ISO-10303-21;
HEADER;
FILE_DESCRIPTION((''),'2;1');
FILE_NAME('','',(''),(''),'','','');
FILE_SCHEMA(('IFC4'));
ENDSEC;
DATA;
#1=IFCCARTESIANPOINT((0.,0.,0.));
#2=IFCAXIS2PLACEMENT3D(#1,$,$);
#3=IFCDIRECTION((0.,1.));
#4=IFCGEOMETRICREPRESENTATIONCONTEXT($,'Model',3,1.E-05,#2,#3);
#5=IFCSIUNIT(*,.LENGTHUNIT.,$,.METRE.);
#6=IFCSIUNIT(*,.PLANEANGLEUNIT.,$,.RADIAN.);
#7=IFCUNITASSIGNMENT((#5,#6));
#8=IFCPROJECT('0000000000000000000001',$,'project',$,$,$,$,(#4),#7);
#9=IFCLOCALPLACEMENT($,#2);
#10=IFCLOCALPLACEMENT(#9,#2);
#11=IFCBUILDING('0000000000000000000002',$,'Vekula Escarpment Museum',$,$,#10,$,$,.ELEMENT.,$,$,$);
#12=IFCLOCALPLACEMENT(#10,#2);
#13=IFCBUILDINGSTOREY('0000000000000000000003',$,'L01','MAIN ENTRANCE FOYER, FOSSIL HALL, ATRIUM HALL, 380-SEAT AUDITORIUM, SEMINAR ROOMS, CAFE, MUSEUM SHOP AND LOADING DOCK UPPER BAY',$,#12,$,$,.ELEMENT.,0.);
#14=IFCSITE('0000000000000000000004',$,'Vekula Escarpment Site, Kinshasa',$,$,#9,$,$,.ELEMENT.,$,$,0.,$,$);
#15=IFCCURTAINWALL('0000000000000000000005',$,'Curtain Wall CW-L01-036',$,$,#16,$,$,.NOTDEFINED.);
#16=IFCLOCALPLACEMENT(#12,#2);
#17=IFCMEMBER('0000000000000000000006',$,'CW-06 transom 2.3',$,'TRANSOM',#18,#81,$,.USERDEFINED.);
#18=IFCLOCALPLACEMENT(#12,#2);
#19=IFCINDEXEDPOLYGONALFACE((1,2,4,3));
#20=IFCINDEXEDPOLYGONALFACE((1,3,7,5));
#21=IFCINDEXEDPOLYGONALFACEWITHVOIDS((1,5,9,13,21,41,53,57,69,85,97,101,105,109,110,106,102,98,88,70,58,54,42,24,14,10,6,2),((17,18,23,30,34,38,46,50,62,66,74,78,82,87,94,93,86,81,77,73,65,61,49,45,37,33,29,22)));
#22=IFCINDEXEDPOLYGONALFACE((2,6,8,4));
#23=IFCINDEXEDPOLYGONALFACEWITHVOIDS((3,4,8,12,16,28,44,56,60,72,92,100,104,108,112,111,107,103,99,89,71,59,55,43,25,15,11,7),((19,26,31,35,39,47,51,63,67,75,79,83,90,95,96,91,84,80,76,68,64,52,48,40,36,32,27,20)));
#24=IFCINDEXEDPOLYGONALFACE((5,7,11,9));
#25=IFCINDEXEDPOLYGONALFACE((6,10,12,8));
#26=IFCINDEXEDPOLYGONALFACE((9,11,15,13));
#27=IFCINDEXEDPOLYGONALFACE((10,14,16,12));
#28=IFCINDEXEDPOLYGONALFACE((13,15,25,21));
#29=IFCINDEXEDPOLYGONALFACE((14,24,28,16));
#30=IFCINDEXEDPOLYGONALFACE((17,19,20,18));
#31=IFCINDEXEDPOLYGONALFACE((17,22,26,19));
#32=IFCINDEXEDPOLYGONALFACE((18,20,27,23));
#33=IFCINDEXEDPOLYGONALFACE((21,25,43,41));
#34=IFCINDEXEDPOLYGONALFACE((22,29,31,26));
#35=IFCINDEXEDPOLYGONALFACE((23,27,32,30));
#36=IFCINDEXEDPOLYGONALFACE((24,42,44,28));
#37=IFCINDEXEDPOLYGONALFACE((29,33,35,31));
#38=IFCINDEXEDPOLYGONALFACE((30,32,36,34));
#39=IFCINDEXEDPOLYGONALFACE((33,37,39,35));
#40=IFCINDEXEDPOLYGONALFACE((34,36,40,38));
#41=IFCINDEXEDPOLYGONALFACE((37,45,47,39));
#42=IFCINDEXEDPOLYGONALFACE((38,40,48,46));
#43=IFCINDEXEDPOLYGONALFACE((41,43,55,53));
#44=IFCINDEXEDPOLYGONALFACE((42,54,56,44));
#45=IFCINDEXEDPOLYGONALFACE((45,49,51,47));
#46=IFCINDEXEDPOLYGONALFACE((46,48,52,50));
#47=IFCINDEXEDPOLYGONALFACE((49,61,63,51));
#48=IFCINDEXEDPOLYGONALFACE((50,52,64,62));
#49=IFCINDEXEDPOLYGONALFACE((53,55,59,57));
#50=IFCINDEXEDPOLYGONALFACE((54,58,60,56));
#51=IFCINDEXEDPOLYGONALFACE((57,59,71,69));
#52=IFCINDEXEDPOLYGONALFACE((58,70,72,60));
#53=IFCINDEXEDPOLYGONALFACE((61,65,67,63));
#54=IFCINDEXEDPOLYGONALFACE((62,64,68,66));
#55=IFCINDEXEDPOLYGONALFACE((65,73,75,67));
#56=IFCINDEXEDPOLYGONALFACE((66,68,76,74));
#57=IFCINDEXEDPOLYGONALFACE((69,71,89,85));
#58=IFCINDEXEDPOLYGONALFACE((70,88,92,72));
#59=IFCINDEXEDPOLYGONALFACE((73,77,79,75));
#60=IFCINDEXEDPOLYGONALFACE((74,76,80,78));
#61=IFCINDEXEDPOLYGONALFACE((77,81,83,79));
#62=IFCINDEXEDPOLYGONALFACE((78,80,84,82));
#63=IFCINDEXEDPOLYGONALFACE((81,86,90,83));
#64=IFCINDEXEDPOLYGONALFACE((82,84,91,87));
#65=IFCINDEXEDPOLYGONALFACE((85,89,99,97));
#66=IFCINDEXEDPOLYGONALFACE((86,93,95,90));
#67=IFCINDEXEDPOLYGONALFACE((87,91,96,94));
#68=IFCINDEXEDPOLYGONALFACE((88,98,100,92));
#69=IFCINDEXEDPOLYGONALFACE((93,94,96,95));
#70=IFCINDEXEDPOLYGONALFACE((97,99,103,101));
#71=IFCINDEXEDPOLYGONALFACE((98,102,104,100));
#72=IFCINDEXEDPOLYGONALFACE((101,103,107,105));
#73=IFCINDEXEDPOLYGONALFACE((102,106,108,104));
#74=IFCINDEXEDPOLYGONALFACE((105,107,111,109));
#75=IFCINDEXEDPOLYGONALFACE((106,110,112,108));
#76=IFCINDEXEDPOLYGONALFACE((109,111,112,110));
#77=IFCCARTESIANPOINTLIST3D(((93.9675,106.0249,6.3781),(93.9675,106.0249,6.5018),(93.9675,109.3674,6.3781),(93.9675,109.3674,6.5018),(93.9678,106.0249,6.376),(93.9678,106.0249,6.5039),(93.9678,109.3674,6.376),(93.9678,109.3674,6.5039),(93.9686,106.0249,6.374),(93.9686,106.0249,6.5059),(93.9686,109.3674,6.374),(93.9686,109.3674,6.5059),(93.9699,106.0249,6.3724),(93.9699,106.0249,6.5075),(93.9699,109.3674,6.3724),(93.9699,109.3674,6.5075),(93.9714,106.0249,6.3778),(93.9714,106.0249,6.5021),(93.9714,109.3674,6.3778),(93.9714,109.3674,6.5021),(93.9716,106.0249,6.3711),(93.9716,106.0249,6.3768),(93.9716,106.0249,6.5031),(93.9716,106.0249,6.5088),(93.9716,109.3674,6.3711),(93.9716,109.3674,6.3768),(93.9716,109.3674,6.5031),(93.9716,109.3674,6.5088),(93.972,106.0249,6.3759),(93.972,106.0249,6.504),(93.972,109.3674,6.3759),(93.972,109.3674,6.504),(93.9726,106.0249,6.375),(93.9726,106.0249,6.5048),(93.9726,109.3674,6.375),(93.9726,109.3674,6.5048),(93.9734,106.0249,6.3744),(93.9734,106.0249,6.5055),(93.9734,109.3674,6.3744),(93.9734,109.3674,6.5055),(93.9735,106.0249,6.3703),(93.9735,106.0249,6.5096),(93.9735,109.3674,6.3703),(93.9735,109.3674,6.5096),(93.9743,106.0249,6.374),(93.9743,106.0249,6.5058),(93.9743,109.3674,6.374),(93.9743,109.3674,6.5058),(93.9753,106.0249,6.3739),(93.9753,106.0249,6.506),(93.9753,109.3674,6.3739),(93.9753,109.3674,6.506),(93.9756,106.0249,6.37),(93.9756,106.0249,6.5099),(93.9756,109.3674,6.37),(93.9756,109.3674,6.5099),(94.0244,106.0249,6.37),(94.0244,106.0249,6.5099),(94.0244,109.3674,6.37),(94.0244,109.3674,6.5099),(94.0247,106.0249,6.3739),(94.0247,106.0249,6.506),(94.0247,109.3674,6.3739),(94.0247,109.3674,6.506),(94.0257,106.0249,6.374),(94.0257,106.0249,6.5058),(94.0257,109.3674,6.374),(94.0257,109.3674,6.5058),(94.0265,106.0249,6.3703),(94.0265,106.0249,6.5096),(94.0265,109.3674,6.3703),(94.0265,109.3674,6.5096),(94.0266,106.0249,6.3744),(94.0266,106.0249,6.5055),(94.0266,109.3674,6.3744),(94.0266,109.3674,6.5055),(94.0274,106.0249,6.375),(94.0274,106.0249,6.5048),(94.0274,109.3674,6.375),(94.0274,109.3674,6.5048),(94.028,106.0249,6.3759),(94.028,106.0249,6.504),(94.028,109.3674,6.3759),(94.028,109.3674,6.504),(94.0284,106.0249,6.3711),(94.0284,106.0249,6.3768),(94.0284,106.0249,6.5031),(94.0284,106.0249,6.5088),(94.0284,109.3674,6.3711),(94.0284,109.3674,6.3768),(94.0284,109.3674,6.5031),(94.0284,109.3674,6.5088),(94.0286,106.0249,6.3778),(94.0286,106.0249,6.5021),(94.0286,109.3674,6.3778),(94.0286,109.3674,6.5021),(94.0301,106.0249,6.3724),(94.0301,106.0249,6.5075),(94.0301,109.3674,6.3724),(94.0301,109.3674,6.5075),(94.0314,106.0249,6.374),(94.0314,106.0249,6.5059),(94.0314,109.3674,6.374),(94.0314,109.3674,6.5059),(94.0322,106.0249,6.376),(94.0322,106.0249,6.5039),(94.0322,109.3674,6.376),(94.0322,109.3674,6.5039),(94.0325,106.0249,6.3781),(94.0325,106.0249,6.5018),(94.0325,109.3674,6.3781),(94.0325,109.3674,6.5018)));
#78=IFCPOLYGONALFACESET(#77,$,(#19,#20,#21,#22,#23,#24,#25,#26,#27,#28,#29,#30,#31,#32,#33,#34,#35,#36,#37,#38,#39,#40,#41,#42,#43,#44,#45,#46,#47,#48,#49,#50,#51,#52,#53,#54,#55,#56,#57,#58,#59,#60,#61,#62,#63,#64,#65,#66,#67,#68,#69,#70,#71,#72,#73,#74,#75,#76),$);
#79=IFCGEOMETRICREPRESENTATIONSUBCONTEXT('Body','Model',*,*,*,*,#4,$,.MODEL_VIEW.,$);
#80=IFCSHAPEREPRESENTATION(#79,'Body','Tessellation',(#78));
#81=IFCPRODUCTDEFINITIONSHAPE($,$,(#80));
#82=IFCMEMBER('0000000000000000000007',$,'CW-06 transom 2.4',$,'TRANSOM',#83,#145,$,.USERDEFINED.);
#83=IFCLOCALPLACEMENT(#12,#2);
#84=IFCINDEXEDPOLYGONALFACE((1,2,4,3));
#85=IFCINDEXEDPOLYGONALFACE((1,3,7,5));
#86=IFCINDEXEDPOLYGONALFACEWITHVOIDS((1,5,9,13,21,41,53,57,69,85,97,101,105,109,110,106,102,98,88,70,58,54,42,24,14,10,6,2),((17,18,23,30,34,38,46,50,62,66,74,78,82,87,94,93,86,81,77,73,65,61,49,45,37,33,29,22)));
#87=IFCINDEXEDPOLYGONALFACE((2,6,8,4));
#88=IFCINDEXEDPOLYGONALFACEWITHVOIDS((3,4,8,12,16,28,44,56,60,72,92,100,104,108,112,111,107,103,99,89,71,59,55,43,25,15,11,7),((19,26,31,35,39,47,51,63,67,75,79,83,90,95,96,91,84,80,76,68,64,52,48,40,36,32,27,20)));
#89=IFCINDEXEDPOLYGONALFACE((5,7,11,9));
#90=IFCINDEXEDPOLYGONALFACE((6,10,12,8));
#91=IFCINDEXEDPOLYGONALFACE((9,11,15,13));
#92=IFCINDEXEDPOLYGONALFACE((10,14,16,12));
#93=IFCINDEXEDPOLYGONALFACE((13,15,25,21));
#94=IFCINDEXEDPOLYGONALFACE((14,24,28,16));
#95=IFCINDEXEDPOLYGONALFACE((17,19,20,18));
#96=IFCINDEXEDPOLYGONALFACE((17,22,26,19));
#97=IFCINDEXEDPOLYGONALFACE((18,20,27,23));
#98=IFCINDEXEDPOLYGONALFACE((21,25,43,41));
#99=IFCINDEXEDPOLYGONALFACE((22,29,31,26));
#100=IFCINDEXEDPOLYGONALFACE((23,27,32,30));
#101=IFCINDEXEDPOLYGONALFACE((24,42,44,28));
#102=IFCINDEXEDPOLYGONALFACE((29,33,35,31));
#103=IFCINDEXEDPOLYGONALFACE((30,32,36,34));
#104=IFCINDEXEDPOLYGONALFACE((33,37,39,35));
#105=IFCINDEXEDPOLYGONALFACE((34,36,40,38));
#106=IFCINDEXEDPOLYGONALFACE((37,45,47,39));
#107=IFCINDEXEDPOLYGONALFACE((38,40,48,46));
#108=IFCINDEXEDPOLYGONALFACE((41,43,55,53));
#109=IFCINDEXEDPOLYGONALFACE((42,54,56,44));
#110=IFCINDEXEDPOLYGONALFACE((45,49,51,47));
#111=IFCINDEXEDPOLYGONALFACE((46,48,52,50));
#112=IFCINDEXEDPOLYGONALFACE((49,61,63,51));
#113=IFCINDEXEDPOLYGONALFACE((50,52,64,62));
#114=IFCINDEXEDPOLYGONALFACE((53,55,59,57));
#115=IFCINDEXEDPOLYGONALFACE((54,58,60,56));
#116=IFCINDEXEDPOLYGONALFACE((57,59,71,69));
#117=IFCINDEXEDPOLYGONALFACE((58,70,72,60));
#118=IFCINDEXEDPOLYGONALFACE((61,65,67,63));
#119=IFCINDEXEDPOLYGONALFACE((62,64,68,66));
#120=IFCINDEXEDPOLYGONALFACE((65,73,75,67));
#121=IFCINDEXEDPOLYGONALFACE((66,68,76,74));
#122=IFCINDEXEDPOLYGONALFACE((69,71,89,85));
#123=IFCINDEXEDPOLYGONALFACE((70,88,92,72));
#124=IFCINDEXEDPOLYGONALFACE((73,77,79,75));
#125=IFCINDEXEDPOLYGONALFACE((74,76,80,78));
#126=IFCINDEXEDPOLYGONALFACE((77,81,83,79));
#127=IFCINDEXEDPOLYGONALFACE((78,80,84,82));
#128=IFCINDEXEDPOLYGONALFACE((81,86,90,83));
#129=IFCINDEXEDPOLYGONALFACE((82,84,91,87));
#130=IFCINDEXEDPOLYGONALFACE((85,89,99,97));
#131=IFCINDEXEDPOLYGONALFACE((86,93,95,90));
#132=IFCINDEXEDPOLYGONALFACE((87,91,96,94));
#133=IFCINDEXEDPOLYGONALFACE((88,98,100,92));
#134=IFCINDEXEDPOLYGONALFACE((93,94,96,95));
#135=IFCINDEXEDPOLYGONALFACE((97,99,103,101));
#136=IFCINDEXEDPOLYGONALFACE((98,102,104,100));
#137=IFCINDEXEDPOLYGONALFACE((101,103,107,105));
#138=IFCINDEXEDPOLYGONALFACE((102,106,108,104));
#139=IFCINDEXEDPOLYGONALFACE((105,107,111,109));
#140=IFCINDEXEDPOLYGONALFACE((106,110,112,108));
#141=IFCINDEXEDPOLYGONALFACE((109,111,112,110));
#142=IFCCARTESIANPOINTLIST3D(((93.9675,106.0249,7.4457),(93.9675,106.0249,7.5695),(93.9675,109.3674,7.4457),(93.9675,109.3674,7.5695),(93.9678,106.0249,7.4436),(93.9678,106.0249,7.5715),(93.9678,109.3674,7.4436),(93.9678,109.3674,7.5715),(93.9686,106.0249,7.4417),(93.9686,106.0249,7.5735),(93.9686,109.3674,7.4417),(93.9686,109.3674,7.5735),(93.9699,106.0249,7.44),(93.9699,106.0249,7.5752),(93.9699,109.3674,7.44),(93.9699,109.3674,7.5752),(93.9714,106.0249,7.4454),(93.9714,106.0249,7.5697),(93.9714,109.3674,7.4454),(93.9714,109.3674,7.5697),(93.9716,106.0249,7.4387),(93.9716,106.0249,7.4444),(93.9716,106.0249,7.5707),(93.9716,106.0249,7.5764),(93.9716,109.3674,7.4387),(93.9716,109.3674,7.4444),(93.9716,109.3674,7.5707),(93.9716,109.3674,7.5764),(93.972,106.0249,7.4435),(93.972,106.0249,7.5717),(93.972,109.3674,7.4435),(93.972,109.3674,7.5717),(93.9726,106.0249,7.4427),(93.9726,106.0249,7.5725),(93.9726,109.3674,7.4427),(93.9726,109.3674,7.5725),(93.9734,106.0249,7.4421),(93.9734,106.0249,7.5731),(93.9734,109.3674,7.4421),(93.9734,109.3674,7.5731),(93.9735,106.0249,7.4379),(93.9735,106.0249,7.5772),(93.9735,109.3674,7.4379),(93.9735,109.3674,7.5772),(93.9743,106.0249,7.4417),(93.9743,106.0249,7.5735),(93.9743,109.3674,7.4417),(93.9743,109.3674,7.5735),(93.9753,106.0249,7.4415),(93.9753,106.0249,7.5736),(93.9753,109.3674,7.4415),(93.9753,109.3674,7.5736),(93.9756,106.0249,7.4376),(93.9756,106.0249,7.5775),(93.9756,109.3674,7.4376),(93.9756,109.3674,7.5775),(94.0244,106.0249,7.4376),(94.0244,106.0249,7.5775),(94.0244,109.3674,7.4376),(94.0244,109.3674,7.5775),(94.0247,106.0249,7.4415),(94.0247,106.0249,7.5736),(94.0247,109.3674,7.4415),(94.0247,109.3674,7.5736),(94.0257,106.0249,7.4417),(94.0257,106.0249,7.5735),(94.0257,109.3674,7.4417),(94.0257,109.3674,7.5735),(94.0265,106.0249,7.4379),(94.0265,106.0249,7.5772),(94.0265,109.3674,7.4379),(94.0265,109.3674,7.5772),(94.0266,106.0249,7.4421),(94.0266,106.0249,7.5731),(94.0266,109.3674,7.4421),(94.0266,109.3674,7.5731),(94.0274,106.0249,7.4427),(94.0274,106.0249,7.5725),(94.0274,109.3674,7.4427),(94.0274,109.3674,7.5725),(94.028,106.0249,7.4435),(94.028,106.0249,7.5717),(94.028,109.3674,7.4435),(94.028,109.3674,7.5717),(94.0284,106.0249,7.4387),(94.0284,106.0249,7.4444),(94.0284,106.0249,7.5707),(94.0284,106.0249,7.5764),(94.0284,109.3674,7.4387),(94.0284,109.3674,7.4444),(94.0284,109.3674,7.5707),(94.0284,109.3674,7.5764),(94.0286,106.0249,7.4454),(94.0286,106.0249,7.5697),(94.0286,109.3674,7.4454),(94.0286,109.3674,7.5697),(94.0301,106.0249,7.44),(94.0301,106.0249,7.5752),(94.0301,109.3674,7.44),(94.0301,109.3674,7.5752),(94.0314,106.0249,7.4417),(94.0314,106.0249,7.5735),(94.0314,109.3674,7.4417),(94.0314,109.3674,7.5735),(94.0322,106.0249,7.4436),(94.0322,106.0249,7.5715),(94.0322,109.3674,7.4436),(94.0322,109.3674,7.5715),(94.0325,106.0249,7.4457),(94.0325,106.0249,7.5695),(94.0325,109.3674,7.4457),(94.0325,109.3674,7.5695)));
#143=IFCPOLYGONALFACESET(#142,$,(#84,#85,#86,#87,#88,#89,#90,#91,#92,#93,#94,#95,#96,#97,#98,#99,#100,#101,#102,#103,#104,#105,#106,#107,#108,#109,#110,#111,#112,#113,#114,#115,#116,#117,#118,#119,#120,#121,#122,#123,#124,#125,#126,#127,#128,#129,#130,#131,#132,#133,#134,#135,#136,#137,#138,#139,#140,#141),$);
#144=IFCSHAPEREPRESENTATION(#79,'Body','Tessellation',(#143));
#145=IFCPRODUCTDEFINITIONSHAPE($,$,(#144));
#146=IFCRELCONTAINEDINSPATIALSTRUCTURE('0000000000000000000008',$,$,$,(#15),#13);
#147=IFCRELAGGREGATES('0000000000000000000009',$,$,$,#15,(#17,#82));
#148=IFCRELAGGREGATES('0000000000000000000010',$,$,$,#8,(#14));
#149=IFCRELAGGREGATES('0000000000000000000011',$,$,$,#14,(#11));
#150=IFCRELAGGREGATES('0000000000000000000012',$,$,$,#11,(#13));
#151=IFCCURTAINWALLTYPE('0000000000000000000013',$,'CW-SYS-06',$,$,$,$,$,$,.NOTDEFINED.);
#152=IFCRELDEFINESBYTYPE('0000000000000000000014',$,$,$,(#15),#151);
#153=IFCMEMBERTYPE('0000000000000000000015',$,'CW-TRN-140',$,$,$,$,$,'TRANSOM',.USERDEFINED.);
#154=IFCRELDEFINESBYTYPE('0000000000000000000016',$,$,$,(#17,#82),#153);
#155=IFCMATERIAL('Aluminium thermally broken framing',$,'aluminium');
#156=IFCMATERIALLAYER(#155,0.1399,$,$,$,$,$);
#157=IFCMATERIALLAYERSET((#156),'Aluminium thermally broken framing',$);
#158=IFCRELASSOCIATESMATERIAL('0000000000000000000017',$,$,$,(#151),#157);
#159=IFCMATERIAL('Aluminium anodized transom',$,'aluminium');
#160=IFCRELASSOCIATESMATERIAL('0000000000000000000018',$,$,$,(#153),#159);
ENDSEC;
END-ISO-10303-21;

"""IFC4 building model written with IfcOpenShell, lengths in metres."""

from ifc_helpers import new_model, si_unit, direction, frame, origin, origin_2d, place, context, subcontext, project, spatial, hollow_rectangle, extrude, material, layer, layer_set, material_profile, profile_set, type_object, element, aggregate, save


model = new_model("IFC4")

# Units and contexts
model_context = context("Model", 3, precision=1e-05, world=origin(), true_north=direction((0.0, 1.0)))
body_context = subcontext(model_context, "Body", "Model", "MODEL_VIEW")
ifc_project = project(units=[si_unit("LENGTHUNIT", "METRE"), si_unit("PLANEANGLEUNIT", "RADIAN")], contexts=[model_context])

# Site, building, storey
site_placement = place(None, origin())
site = spatial("IfcSite", under=ifc_project, at=site_placement, Name="Vekula Escarpment Site, Kinshasa", CompositionType="ELEMENT", RefElevation=0.0)
building_placement = place(site_placement, origin())
building = spatial("IfcBuilding", under=site, at=building_placement, Name="Vekula Escarpment Museum", CompositionType="ELEMENT")
storey_placement = place(building_placement, origin())
storey = spatial("IfcBuildingStorey", under=building, at=storey_placement, Name="L01", Description="MAIN ENTRANCE FOYER, FOSSIL HALL, ATRIUM HALL, 380-SEAT AUDITORIUM, SEMINAR ROOMS, CAFE, MUSEUM SHOP AND LOADING DOCK UPPER BAY", CompositionType="ELEMENT", Elevation=0.0)

# Curtain wall
ifc_material_1 = material(Name="Aluminium thermally broken framing", Category="aluminium")
ifc_layer_1 = layer(ifc_material_1, 0.1399)
ifc_layer_set_1 = layer_set([ifc_layer_1], Name="Aluminium thermally broken framing")
curtain_wall_type_1 = type_object("IfcCurtainWallType", Name="CW-SYS-06", PredefinedType="NOTDEFINED", material=ifc_layer_set_1)
curtain_wall_1_placement = place(storey_placement, origin())
curtain_wall_1 = element("IfcCurtainWall", 1, at=curtain_wall_1_placement, inside=storey, type_object=curtain_wall_type_1, Name="Curtain Wall CW-L01-036", PredefinedType="NOTDEFINED")

# Members
ifc_material_2 = material(Name="Aluminium anodized transom", Category="aluminium")
ifc_material_profile_1 = material_profile(ifc_material_2, hollow_rectangle(XDim=0.0649, YDim=0.1399, WallThickness=0.0039, InnerFilletRadius=0.0039, OuterFilletRadius=0.0081, at=origin_2d()), Name="ALU 140x65x4")
ifc_profile_set_1 = profile_set([ifc_material_profile_1], Name="Aluminium anodized transom")
member_type_1 = type_object("IfcMemberType", Name="CW-TRN-140", ElementType="TRANSOM", PredefinedType="USERDEFINED", material=ifc_profile_set_1)
member_1_placement = place(storey_placement, frame((94.0, 109.3674, 6.4399), z_axis=(0.0, -1.0, 0.0), x_axis=(1.0, 0.0, 0.0)))
member_1 = element("IfcMember", 2, at=member_1_placement, type_object=member_type_1, Name="CW-06 transom 2.3", ObjectType="TRANSOM", PredefinedType="USERDEFINED", context=body_context, shape_type="SweptSolid", body=[
    extrude(hollow_rectangle(XDim=0.0649, YDim=0.1399, WallThickness=0.0039, InnerFilletRadius=0.0039, OuterFilletRadius=0.0081, at=origin_2d()), origin(), (0.0, 0.0, 1.0), 3.3425),
])
member_2_placement = place(storey_placement, frame((94.0, 109.3674, 7.5076), z_axis=(0.0, -1.0, 0.0), x_axis=(1.0, 0.0, 0.0)))
member_2 = element("IfcMember", 3, at=member_2_placement, type_object=member_type_1, Name="CW-06 transom 2.4", ObjectType="TRANSOM", PredefinedType="USERDEFINED", context=body_context, shape_type="SweptSolid", body=[
    extrude(hollow_rectangle(XDim=0.0649, YDim=0.1399, WallThickness=0.0039, InnerFilletRadius=0.0039, OuterFilletRadius=0.0081, at=origin_2d()), origin(), (0.0, 0.0, 1.0), 3.3425),
])

aggregate(curtain_wall_1, [member_1, member_2])

save(model, "model.ifc")
